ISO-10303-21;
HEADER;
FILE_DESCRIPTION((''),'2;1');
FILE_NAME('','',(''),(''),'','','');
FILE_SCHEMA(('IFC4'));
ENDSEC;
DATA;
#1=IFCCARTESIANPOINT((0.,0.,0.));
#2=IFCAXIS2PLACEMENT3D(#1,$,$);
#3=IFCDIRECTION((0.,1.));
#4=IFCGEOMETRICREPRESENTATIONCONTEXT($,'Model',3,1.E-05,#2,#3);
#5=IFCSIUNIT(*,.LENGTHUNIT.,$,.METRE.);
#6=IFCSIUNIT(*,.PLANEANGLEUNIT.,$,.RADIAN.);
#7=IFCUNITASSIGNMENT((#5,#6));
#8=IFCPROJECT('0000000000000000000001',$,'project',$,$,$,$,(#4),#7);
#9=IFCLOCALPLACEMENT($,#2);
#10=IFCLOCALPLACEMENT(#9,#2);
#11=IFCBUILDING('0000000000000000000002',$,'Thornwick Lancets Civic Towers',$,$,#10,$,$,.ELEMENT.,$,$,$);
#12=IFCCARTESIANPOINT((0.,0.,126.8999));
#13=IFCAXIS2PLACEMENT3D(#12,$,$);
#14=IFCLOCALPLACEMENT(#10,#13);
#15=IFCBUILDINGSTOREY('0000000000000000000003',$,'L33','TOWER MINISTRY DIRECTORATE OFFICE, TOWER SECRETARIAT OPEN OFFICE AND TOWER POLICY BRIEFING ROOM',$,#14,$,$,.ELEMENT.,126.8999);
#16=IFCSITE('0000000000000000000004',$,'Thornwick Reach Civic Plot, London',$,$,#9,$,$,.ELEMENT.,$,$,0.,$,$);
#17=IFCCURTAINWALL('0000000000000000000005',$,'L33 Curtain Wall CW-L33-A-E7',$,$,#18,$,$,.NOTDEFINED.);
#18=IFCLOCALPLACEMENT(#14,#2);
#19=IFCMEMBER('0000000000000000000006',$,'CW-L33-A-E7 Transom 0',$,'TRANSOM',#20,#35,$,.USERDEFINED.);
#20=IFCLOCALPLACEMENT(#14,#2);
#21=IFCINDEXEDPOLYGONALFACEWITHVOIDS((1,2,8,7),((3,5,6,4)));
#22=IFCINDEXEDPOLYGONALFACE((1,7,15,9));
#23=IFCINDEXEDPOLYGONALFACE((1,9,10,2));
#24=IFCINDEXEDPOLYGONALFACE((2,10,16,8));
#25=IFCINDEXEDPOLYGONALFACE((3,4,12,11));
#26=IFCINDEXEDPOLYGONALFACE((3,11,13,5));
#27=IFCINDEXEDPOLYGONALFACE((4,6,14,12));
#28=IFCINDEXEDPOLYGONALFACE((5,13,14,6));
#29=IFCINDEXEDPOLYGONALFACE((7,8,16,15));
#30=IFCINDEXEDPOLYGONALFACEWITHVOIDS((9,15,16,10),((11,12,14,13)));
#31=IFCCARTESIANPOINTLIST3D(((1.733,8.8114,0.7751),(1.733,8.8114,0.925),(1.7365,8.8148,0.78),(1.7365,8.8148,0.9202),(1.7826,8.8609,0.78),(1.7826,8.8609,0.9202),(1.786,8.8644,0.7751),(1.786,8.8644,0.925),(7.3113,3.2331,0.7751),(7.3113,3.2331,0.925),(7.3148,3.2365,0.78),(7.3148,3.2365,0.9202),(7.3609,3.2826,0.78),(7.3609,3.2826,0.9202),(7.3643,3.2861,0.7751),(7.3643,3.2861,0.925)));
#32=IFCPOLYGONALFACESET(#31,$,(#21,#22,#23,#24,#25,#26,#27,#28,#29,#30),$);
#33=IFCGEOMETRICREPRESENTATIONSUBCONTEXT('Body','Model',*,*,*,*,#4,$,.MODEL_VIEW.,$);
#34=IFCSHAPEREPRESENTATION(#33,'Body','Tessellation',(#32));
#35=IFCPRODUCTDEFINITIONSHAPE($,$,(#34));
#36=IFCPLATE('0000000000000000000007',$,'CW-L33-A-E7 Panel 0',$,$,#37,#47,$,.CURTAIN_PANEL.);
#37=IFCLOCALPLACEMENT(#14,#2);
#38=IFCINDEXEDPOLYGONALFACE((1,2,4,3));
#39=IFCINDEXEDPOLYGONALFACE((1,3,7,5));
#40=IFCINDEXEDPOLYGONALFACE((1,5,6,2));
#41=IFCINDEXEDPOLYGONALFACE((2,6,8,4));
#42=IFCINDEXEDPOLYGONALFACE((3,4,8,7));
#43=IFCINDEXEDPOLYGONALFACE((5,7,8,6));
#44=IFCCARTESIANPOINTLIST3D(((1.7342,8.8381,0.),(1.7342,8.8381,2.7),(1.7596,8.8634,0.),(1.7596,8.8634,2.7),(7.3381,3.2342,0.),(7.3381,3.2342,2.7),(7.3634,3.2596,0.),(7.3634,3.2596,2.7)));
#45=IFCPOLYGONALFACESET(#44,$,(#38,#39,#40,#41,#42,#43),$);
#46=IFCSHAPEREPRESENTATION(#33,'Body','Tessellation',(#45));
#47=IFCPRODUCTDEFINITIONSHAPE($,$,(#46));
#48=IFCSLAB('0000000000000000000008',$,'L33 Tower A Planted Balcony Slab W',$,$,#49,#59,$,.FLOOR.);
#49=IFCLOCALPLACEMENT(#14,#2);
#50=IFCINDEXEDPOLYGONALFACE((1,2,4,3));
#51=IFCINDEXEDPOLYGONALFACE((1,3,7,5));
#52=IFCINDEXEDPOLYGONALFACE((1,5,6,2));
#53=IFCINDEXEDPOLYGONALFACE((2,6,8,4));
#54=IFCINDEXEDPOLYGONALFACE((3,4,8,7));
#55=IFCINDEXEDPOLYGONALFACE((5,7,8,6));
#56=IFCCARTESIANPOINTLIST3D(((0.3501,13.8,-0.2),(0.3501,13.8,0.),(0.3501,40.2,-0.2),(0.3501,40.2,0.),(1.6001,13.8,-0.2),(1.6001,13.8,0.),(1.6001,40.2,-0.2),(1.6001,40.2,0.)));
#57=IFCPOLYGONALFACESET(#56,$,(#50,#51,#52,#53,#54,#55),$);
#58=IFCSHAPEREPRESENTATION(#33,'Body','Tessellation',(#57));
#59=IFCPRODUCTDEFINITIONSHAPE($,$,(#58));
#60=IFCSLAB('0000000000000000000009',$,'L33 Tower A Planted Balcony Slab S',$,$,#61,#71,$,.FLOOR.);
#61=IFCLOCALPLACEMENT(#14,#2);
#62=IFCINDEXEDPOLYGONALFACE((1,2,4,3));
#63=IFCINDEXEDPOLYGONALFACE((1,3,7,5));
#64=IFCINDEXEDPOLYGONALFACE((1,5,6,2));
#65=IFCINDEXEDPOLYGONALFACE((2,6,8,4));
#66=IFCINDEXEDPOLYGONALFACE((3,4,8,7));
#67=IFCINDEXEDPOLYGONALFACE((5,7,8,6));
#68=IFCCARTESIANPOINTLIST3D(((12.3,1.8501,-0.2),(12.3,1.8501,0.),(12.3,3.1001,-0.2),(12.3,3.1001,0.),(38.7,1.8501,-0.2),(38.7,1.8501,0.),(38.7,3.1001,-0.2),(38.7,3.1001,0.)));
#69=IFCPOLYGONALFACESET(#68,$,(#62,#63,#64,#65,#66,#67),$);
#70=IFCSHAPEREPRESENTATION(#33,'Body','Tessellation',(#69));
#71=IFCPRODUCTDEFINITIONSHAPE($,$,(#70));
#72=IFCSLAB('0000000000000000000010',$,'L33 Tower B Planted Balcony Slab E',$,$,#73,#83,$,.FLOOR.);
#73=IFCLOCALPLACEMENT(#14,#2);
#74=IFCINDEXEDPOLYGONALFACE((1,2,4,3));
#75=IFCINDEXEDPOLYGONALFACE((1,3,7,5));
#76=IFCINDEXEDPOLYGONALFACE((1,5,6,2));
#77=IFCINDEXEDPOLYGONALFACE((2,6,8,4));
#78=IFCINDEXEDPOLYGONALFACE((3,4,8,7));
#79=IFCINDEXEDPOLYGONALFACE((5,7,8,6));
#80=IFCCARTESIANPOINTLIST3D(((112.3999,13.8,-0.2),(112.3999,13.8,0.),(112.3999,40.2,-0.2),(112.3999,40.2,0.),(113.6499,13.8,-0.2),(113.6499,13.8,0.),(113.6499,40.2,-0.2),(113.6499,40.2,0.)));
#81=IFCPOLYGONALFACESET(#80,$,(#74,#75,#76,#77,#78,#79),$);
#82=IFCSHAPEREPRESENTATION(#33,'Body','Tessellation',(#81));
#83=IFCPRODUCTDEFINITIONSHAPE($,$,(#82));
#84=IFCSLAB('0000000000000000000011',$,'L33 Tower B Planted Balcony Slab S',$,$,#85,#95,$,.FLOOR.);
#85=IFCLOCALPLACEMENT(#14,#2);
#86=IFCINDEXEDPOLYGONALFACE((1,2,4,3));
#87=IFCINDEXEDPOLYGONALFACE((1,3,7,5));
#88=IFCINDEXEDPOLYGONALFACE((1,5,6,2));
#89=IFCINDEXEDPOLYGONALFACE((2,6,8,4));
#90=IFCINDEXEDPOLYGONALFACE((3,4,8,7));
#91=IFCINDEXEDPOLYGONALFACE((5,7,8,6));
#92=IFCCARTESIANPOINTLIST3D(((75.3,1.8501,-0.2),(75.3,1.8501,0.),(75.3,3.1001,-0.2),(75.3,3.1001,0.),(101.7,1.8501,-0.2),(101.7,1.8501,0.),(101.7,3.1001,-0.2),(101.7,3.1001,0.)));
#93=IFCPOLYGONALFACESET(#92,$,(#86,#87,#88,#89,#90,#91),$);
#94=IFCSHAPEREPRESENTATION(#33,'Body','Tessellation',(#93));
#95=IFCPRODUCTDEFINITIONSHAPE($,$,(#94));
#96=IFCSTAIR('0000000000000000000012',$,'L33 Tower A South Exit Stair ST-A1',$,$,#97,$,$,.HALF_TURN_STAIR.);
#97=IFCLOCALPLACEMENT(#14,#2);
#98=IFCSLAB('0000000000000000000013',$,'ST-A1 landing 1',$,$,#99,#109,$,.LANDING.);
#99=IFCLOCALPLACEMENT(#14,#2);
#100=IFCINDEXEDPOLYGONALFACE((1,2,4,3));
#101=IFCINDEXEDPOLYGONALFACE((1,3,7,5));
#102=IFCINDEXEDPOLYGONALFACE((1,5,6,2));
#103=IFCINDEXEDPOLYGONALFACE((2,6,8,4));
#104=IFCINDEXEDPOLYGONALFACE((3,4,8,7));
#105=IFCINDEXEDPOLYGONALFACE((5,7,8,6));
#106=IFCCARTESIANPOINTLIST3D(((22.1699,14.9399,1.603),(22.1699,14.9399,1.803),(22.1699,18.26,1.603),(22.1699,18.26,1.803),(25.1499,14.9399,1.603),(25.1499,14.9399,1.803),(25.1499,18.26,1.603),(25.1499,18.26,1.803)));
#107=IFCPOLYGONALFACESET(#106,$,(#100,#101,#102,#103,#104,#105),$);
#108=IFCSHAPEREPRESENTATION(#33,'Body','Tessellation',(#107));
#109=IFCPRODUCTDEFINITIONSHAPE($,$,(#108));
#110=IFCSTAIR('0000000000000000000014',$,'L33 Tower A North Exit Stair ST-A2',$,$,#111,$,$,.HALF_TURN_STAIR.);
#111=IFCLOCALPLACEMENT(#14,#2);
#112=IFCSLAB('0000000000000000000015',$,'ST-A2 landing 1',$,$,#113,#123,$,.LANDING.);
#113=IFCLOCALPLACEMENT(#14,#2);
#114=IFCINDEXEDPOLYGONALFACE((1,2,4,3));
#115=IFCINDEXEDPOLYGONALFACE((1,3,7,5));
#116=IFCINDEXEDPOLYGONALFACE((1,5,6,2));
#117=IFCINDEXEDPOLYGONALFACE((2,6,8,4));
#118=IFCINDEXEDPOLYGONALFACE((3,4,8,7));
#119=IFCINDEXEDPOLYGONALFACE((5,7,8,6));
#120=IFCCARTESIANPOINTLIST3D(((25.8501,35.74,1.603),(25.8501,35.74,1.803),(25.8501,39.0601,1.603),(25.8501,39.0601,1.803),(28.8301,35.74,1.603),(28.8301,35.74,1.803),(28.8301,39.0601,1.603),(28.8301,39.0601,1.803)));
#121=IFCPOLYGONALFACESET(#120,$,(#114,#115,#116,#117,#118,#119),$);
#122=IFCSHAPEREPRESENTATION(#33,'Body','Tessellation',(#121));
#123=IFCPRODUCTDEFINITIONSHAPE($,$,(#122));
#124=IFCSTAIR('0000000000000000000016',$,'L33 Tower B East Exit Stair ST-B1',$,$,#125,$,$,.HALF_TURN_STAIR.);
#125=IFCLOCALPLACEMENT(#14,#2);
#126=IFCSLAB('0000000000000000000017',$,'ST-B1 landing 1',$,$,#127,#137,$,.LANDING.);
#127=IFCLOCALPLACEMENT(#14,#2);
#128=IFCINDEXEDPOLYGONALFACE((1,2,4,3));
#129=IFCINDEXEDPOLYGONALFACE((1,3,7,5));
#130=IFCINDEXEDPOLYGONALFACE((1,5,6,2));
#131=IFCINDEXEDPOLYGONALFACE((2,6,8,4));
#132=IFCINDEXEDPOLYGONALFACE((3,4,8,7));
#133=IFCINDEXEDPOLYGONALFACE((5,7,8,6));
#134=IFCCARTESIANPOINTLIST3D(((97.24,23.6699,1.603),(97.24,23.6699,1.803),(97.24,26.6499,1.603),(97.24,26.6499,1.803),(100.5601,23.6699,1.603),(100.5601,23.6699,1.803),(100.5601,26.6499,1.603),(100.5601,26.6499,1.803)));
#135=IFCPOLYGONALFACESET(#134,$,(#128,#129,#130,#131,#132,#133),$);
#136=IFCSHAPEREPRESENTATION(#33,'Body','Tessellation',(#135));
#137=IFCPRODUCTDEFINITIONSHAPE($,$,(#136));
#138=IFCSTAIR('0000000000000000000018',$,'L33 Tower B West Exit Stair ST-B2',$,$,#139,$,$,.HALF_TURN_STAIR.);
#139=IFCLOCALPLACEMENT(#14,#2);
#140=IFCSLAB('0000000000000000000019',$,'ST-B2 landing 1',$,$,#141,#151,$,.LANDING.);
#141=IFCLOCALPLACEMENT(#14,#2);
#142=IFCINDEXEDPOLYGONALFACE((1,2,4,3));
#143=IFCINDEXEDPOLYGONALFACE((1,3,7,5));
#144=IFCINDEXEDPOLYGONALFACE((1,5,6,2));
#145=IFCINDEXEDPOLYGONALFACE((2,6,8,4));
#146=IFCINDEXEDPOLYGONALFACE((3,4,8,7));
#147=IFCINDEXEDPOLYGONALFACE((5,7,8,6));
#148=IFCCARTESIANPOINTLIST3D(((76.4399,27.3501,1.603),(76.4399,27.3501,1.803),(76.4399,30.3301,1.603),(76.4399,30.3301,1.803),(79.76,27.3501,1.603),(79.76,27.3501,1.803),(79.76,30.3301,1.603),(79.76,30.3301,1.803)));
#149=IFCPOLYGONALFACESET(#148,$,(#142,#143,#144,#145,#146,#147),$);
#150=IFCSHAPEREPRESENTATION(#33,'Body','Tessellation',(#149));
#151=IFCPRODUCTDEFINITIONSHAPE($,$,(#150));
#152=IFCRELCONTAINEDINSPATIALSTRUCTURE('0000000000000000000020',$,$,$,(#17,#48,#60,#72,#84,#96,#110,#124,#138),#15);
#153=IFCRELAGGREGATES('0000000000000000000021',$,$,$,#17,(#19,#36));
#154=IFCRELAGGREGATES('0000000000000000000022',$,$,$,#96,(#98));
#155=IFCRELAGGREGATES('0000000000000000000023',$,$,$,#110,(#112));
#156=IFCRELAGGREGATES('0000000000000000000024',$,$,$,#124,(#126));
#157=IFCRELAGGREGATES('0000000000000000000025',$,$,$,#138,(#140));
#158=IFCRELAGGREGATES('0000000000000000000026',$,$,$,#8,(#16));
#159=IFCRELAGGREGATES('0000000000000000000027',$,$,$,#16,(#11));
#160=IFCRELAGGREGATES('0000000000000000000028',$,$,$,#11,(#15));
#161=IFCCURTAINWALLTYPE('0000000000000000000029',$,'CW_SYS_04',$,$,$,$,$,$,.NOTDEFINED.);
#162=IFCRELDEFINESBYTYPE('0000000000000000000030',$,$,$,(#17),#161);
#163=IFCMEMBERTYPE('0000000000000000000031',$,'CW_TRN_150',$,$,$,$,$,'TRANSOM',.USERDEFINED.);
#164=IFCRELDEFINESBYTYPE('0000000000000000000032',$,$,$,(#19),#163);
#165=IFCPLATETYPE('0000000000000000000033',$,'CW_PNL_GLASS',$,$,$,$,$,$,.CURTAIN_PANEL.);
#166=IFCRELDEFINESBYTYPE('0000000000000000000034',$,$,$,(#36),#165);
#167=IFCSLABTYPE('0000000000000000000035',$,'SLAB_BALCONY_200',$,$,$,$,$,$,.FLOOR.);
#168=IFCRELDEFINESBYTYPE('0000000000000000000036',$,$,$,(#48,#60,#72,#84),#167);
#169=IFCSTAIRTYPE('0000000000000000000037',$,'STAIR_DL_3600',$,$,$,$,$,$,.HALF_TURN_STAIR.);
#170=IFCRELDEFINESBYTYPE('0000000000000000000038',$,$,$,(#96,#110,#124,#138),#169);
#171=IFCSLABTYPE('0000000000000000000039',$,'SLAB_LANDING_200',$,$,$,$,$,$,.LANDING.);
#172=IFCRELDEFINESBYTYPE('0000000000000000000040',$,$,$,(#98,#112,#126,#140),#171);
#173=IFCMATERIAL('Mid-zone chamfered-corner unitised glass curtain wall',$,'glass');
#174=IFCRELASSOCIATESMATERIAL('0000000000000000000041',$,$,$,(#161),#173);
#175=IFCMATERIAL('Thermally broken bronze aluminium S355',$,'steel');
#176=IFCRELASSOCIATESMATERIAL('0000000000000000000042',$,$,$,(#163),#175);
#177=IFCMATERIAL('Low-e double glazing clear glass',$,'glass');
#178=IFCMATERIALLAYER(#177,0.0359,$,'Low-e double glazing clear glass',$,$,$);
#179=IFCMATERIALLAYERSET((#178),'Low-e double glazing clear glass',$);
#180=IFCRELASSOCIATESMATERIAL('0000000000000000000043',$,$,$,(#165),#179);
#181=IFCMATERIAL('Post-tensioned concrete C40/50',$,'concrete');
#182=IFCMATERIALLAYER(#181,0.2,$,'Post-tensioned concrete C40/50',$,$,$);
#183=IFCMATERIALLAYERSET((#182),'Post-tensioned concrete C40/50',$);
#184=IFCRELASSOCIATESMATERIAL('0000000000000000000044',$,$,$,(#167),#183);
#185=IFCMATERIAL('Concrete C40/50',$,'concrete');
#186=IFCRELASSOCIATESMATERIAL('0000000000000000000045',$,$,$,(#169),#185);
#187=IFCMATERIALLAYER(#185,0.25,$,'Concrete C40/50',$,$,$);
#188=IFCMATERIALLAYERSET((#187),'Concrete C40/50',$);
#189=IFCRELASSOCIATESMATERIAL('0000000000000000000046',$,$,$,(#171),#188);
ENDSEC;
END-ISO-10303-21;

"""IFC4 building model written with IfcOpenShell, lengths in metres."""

from ifc_helpers import new_model, si_unit, direction, frame, origin, origin_2d, place, context, subcontext, project, spatial, polyline, rectangle, hollow_rectangle, outline, extrude, material, layer, layer_set, material_profile, profile_set, type_object, element, aggregate, save


model = new_model("IFC4")

# Units and contexts
model_context = context("Model", 3, precision=1e-05, world=origin(), true_north=direction((0.0, 1.0)))
body_context = subcontext(model_context, "Body", "Model", "MODEL_VIEW")
ifc_project = project(units=[si_unit("LENGTHUNIT", "METRE"), si_unit("PLANEANGLEUNIT", "RADIAN")], contexts=[model_context])

# Site, building, storey
site_placement = place(None, origin())
site = spatial("IfcSite", under=ifc_project, at=site_placement, Name="Thornwick Reach Civic Plot, London", CompositionType="ELEMENT", RefElevation=0.0)
building_placement = place(site_placement, origin())
building = spatial("IfcBuilding", under=site, at=building_placement, Name="Thornwick Lancets Civic Towers", CompositionType="ELEMENT")
storey_placement = place(building_placement, frame((0.0, 0.0, 126.8999)))
storey = spatial("IfcBuildingStorey", under=building, at=storey_placement, Name="L33", Description="TOWER MINISTRY DIRECTORATE OFFICE, TOWER SECRETARIAT OPEN OFFICE AND TOWER POLICY BRIEFING ROOM", CompositionType="ELEMENT", Elevation=126.8999)

# Curtain wall, member, plate
ifc_material_1 = material(Name="Mid-zone chamfered-corner unitised glass curtain wall", Category="glass")
curtain_wall_type = type_object("IfcCurtainWallType", Name="CW_SYS_04", PredefinedType="NOTDEFINED", material=ifc_material_1)
curtain_wall_placement = place(storey_placement, origin())
curtain_wall = element("IfcCurtainWall", 1, at=curtain_wall_placement, inside=storey, type_object=curtain_wall_type, Name="L33 Curtain Wall CW-L33-A-E7", PredefinedType="NOTDEFINED")
ifc_material_2 = material(Name="Thermally broken bronze aluminium S355", Category="steel")
ifc_material_profile_1 = material_profile(ifc_material_2, hollow_rectangle(XDim=0.075, YDim=0.1499, WallThickness=0.0049, at=origin_2d()), Name="RHS 150x75x5")
ifc_profile_set_1 = profile_set([ifc_material_profile_1], Name="Thermally broken bronze aluminium S355")
member_type_1 = type_object("IfcMemberType", Name="CW_TRN_150", ElementType="TRANSOM", PredefinedType="USERDEFINED", material=ifc_profile_set_1)
member_1_placement = place(storey_placement, frame((1.7595, 8.8379, 0.8501), z_axis=(0.707107, -0.707107, 0.0), x_axis=(0.707107, 0.707107, 0.0)))
member_1 = element("IfcMember", 2, at=member_1_placement, type_object=member_type_1, Name="CW-L33-A-E7 Transom 0", ObjectType="TRANSOM", PredefinedType="USERDEFINED", context=body_context, shape_type="SweptSolid", body=[
    extrude(hollow_rectangle(XDim=0.075, YDim=0.1499, WallThickness=0.0049, at=origin_2d()), origin(), (0.0, 0.0, 1.0), 7.8889),
])
ifc_material_3 = material(Name="Low-e double glazing clear glass", Category="glass")
ifc_layer_1 = layer(ifc_material_3, 0.0359, Name="Low-e double glazing clear glass")
ifc_layer_set_1 = layer_set([ifc_layer_1], Name="Low-e double glazing clear glass")
plate_type = type_object("IfcPlateType", Name="CW_PNL_GLASS", PredefinedType="CURTAIN_PANEL", material=ifc_layer_set_1)
plate_placement = place(storey_placement, frame((4.5488, 6.0488, 0.0), z_axis=(0.0, 0.0, 1.0), x_axis=(0.707107, -0.707107, 0.0)))
plate = element("IfcPlate", 3, at=plate_placement, type_object=plate_type, Name="CW-L33-A-E7 Panel 0", PredefinedType="CURTAIN_PANEL", context=body_context, shape_type="SweptSolid", body=[
    extrude(rectangle(XDim=7.925, YDim=0.0359, at=origin_2d()), origin(), (0.0, 0.0, 1.0), 2.7),
])
aggregate(curtain_wall, [member_1, plate])

# Slabs
ifc_material_4 = material(Name="Post-tensioned concrete C40/50", Category="concrete")
ifc_layer_2 = layer(ifc_material_4, 0.2, Name="Post-tensioned concrete C40/50")
ifc_layer_set_2 = layer_set([ifc_layer_2], Name="Post-tensioned concrete C40/50")
slab_type_1 = type_object("IfcSlabType", Name="SLAB_BALCONY_200", PredefinedType="FLOOR", material=ifc_layer_set_2)
slab_1_placement = place(storey_placement, frame((0.0, 0.0, -0.2)))
element("IfcSlab", 4, at=slab_1_placement, inside=storey, type_object=slab_type_1, Name="L33 Tower A Planted Balcony Slab W", PredefinedType="FLOOR", context=body_context, shape_type="SweptSolid", body=[
    extrude(outline(polyline([(0.3501, 13.8), (1.6001, 13.8), (1.6001, 40.2), (0.3501, 40.2), (0.3501, 13.8)])), origin(), (0.0, 0.0, 1.0), 0.2),
])
slab_2_placement = place(storey_placement, frame((0.0, 0.0, -0.2)))
element("IfcSlab", 5, at=slab_2_placement, inside=storey, type_object=slab_type_1, Name="L33 Tower A Planted Balcony Slab S", PredefinedType="FLOOR", context=body_context, shape_type="SweptSolid", body=[
    extrude(outline(polyline([(12.3, 1.8501), (38.7, 1.8501), (38.7, 3.1001), (12.3, 3.1001), (12.3, 1.8501)])), origin(), (0.0, 0.0, 1.0), 0.2),
])
slab_3_placement = place(storey_placement, frame((0.0, 0.0, -0.2)))
element("IfcSlab", 6, at=slab_3_placement, inside=storey, type_object=slab_type_1, Name="L33 Tower B Planted Balcony Slab E", PredefinedType="FLOOR", context=body_context, shape_type="SweptSolid", body=[
    extrude(outline(polyline([(112.3999, 13.8), (113.6499, 13.8), (113.6499, 40.2), (112.3999, 40.2), (112.3999, 13.8)])), origin(), (0.0, 0.0, 1.0), 0.2),
])
slab_4_placement = place(storey_placement, frame((0.0, 0.0, -0.2)))
element("IfcSlab", 7, at=slab_4_placement, inside=storey, type_object=slab_type_1, Name="L33 Tower B Planted Balcony Slab S", PredefinedType="FLOOR", context=body_context, shape_type="SweptSolid", body=[
    extrude(outline(polyline([(75.3, 1.8501), (101.7, 1.8501), (101.7, 3.1001), (75.3, 3.1001), (75.3, 1.8501)])), origin(), (0.0, 0.0, 1.0), 0.2),
])

# Stairs, slabs
ifc_material_5 = material(Name="Concrete C40/50", Category="concrete")
stair_type = type_object("IfcStairType", Name="STAIR_DL_3600", PredefinedType="HALF_TURN_STAIR", material=ifc_material_5)
stair_1_placement = place(storey_placement, origin())
stair_1 = element("IfcStair", 8, at=stair_1_placement, inside=storey, type_object=stair_type, Name="L33 Tower A South Exit Stair ST-A1", PredefinedType="HALF_TURN_STAIR")
ifc_layer_3 = layer(ifc_material_5, 0.25, Name="Concrete C40/50")
ifc_layer_set_3 = layer_set([ifc_layer_3], Name="Concrete C40/50")
slab_type_2 = type_object("IfcSlabType", Name="SLAB_LANDING_200", PredefinedType="LANDING", material=ifc_layer_set_3)
slab_5_placement = place(storey_placement, frame((0.0, 0.0, 1.603)))
slab_5 = element("IfcSlab", 9, at=slab_5_placement, type_object=slab_type_2, Name="ST-A1 landing 1", PredefinedType="LANDING", context=body_context, shape_type="SweptSolid", body=[
    extrude(outline(polyline([(22.1699, 14.9399), (25.1499, 14.9399), (25.1499, 18.26), (22.1699, 18.26), (22.1699, 14.9399)])), origin(), (0.0, 0.0, 1.0), 0.2),
])
aggregate(stair_1, [slab_5])
stair_2_placement = place(storey_placement, origin())
stair_2 = element("IfcStair", 10, at=stair_2_placement, inside=storey, type_object=stair_type, Name="L33 Tower A North Exit Stair ST-A2", PredefinedType="HALF_TURN_STAIR")
slab_6_placement = place(storey_placement, frame((0.0, 0.0, 1.603)))
slab_6 = element("IfcSlab", 11, at=slab_6_placement, type_object=slab_type_2, Name="ST-A2 landing 1", PredefinedType="LANDING", context=body_context, shape_type="SweptSolid", body=[
    extrude(outline(polyline([(28.8301, 39.0601), (25.8501, 39.0601), (25.8501, 35.74), (28.8301, 35.74), (28.8301, 39.0601)])), origin(), (0.0, 0.0, 1.0), 0.2),
])
aggregate(stair_2, [slab_6])
stair_3_placement = place(storey_placement, origin())
stair_3 = element("IfcStair", 12, at=stair_3_placement, inside=storey, type_object=stair_type, Name="L33 Tower B East Exit Stair ST-B1", PredefinedType="HALF_TURN_STAIR")
slab_7_placement = place(storey_placement, frame((0.0, 0.0, 1.603)))
slab_7 = element("IfcSlab", 13, at=slab_7_placement, type_object=slab_type_2, Name="ST-B1 landing 1", PredefinedType="LANDING", context=body_context, shape_type="SweptSolid", body=[
    extrude(outline(polyline([(100.5601, 23.6699), (100.5601, 26.6499), (97.24, 26.6499), (97.24, 23.6699), (100.5601, 23.6699)])), origin(), (0.0, 0.0, 1.0), 0.2),
])
aggregate(stair_3, [slab_7])
stair_4_placement = place(storey_placement, origin())
stair_4 = element("IfcStair", 14, at=stair_4_placement, inside=storey, type_object=stair_type, Name="L33 Tower B West Exit Stair ST-B2", PredefinedType="HALF_TURN_STAIR")
slab_8_placement = place(storey_placement, frame((0.0, 0.0, 1.603)))
slab_8 = element("IfcSlab", 15, at=slab_8_placement, type_object=slab_type_2, Name="ST-B2 landing 1", PredefinedType="LANDING", context=body_context, shape_type="SweptSolid", body=[
    extrude(outline(polyline([(76.4399, 30.3301), (76.4399, 27.3501), (79.76, 27.3501), (79.76, 30.3301), (76.4399, 30.3301)])), origin(), (0.0, 0.0, 1.0), 0.2),
])
aggregate(stair_4, [slab_8])

save(model, "model.ifc")
